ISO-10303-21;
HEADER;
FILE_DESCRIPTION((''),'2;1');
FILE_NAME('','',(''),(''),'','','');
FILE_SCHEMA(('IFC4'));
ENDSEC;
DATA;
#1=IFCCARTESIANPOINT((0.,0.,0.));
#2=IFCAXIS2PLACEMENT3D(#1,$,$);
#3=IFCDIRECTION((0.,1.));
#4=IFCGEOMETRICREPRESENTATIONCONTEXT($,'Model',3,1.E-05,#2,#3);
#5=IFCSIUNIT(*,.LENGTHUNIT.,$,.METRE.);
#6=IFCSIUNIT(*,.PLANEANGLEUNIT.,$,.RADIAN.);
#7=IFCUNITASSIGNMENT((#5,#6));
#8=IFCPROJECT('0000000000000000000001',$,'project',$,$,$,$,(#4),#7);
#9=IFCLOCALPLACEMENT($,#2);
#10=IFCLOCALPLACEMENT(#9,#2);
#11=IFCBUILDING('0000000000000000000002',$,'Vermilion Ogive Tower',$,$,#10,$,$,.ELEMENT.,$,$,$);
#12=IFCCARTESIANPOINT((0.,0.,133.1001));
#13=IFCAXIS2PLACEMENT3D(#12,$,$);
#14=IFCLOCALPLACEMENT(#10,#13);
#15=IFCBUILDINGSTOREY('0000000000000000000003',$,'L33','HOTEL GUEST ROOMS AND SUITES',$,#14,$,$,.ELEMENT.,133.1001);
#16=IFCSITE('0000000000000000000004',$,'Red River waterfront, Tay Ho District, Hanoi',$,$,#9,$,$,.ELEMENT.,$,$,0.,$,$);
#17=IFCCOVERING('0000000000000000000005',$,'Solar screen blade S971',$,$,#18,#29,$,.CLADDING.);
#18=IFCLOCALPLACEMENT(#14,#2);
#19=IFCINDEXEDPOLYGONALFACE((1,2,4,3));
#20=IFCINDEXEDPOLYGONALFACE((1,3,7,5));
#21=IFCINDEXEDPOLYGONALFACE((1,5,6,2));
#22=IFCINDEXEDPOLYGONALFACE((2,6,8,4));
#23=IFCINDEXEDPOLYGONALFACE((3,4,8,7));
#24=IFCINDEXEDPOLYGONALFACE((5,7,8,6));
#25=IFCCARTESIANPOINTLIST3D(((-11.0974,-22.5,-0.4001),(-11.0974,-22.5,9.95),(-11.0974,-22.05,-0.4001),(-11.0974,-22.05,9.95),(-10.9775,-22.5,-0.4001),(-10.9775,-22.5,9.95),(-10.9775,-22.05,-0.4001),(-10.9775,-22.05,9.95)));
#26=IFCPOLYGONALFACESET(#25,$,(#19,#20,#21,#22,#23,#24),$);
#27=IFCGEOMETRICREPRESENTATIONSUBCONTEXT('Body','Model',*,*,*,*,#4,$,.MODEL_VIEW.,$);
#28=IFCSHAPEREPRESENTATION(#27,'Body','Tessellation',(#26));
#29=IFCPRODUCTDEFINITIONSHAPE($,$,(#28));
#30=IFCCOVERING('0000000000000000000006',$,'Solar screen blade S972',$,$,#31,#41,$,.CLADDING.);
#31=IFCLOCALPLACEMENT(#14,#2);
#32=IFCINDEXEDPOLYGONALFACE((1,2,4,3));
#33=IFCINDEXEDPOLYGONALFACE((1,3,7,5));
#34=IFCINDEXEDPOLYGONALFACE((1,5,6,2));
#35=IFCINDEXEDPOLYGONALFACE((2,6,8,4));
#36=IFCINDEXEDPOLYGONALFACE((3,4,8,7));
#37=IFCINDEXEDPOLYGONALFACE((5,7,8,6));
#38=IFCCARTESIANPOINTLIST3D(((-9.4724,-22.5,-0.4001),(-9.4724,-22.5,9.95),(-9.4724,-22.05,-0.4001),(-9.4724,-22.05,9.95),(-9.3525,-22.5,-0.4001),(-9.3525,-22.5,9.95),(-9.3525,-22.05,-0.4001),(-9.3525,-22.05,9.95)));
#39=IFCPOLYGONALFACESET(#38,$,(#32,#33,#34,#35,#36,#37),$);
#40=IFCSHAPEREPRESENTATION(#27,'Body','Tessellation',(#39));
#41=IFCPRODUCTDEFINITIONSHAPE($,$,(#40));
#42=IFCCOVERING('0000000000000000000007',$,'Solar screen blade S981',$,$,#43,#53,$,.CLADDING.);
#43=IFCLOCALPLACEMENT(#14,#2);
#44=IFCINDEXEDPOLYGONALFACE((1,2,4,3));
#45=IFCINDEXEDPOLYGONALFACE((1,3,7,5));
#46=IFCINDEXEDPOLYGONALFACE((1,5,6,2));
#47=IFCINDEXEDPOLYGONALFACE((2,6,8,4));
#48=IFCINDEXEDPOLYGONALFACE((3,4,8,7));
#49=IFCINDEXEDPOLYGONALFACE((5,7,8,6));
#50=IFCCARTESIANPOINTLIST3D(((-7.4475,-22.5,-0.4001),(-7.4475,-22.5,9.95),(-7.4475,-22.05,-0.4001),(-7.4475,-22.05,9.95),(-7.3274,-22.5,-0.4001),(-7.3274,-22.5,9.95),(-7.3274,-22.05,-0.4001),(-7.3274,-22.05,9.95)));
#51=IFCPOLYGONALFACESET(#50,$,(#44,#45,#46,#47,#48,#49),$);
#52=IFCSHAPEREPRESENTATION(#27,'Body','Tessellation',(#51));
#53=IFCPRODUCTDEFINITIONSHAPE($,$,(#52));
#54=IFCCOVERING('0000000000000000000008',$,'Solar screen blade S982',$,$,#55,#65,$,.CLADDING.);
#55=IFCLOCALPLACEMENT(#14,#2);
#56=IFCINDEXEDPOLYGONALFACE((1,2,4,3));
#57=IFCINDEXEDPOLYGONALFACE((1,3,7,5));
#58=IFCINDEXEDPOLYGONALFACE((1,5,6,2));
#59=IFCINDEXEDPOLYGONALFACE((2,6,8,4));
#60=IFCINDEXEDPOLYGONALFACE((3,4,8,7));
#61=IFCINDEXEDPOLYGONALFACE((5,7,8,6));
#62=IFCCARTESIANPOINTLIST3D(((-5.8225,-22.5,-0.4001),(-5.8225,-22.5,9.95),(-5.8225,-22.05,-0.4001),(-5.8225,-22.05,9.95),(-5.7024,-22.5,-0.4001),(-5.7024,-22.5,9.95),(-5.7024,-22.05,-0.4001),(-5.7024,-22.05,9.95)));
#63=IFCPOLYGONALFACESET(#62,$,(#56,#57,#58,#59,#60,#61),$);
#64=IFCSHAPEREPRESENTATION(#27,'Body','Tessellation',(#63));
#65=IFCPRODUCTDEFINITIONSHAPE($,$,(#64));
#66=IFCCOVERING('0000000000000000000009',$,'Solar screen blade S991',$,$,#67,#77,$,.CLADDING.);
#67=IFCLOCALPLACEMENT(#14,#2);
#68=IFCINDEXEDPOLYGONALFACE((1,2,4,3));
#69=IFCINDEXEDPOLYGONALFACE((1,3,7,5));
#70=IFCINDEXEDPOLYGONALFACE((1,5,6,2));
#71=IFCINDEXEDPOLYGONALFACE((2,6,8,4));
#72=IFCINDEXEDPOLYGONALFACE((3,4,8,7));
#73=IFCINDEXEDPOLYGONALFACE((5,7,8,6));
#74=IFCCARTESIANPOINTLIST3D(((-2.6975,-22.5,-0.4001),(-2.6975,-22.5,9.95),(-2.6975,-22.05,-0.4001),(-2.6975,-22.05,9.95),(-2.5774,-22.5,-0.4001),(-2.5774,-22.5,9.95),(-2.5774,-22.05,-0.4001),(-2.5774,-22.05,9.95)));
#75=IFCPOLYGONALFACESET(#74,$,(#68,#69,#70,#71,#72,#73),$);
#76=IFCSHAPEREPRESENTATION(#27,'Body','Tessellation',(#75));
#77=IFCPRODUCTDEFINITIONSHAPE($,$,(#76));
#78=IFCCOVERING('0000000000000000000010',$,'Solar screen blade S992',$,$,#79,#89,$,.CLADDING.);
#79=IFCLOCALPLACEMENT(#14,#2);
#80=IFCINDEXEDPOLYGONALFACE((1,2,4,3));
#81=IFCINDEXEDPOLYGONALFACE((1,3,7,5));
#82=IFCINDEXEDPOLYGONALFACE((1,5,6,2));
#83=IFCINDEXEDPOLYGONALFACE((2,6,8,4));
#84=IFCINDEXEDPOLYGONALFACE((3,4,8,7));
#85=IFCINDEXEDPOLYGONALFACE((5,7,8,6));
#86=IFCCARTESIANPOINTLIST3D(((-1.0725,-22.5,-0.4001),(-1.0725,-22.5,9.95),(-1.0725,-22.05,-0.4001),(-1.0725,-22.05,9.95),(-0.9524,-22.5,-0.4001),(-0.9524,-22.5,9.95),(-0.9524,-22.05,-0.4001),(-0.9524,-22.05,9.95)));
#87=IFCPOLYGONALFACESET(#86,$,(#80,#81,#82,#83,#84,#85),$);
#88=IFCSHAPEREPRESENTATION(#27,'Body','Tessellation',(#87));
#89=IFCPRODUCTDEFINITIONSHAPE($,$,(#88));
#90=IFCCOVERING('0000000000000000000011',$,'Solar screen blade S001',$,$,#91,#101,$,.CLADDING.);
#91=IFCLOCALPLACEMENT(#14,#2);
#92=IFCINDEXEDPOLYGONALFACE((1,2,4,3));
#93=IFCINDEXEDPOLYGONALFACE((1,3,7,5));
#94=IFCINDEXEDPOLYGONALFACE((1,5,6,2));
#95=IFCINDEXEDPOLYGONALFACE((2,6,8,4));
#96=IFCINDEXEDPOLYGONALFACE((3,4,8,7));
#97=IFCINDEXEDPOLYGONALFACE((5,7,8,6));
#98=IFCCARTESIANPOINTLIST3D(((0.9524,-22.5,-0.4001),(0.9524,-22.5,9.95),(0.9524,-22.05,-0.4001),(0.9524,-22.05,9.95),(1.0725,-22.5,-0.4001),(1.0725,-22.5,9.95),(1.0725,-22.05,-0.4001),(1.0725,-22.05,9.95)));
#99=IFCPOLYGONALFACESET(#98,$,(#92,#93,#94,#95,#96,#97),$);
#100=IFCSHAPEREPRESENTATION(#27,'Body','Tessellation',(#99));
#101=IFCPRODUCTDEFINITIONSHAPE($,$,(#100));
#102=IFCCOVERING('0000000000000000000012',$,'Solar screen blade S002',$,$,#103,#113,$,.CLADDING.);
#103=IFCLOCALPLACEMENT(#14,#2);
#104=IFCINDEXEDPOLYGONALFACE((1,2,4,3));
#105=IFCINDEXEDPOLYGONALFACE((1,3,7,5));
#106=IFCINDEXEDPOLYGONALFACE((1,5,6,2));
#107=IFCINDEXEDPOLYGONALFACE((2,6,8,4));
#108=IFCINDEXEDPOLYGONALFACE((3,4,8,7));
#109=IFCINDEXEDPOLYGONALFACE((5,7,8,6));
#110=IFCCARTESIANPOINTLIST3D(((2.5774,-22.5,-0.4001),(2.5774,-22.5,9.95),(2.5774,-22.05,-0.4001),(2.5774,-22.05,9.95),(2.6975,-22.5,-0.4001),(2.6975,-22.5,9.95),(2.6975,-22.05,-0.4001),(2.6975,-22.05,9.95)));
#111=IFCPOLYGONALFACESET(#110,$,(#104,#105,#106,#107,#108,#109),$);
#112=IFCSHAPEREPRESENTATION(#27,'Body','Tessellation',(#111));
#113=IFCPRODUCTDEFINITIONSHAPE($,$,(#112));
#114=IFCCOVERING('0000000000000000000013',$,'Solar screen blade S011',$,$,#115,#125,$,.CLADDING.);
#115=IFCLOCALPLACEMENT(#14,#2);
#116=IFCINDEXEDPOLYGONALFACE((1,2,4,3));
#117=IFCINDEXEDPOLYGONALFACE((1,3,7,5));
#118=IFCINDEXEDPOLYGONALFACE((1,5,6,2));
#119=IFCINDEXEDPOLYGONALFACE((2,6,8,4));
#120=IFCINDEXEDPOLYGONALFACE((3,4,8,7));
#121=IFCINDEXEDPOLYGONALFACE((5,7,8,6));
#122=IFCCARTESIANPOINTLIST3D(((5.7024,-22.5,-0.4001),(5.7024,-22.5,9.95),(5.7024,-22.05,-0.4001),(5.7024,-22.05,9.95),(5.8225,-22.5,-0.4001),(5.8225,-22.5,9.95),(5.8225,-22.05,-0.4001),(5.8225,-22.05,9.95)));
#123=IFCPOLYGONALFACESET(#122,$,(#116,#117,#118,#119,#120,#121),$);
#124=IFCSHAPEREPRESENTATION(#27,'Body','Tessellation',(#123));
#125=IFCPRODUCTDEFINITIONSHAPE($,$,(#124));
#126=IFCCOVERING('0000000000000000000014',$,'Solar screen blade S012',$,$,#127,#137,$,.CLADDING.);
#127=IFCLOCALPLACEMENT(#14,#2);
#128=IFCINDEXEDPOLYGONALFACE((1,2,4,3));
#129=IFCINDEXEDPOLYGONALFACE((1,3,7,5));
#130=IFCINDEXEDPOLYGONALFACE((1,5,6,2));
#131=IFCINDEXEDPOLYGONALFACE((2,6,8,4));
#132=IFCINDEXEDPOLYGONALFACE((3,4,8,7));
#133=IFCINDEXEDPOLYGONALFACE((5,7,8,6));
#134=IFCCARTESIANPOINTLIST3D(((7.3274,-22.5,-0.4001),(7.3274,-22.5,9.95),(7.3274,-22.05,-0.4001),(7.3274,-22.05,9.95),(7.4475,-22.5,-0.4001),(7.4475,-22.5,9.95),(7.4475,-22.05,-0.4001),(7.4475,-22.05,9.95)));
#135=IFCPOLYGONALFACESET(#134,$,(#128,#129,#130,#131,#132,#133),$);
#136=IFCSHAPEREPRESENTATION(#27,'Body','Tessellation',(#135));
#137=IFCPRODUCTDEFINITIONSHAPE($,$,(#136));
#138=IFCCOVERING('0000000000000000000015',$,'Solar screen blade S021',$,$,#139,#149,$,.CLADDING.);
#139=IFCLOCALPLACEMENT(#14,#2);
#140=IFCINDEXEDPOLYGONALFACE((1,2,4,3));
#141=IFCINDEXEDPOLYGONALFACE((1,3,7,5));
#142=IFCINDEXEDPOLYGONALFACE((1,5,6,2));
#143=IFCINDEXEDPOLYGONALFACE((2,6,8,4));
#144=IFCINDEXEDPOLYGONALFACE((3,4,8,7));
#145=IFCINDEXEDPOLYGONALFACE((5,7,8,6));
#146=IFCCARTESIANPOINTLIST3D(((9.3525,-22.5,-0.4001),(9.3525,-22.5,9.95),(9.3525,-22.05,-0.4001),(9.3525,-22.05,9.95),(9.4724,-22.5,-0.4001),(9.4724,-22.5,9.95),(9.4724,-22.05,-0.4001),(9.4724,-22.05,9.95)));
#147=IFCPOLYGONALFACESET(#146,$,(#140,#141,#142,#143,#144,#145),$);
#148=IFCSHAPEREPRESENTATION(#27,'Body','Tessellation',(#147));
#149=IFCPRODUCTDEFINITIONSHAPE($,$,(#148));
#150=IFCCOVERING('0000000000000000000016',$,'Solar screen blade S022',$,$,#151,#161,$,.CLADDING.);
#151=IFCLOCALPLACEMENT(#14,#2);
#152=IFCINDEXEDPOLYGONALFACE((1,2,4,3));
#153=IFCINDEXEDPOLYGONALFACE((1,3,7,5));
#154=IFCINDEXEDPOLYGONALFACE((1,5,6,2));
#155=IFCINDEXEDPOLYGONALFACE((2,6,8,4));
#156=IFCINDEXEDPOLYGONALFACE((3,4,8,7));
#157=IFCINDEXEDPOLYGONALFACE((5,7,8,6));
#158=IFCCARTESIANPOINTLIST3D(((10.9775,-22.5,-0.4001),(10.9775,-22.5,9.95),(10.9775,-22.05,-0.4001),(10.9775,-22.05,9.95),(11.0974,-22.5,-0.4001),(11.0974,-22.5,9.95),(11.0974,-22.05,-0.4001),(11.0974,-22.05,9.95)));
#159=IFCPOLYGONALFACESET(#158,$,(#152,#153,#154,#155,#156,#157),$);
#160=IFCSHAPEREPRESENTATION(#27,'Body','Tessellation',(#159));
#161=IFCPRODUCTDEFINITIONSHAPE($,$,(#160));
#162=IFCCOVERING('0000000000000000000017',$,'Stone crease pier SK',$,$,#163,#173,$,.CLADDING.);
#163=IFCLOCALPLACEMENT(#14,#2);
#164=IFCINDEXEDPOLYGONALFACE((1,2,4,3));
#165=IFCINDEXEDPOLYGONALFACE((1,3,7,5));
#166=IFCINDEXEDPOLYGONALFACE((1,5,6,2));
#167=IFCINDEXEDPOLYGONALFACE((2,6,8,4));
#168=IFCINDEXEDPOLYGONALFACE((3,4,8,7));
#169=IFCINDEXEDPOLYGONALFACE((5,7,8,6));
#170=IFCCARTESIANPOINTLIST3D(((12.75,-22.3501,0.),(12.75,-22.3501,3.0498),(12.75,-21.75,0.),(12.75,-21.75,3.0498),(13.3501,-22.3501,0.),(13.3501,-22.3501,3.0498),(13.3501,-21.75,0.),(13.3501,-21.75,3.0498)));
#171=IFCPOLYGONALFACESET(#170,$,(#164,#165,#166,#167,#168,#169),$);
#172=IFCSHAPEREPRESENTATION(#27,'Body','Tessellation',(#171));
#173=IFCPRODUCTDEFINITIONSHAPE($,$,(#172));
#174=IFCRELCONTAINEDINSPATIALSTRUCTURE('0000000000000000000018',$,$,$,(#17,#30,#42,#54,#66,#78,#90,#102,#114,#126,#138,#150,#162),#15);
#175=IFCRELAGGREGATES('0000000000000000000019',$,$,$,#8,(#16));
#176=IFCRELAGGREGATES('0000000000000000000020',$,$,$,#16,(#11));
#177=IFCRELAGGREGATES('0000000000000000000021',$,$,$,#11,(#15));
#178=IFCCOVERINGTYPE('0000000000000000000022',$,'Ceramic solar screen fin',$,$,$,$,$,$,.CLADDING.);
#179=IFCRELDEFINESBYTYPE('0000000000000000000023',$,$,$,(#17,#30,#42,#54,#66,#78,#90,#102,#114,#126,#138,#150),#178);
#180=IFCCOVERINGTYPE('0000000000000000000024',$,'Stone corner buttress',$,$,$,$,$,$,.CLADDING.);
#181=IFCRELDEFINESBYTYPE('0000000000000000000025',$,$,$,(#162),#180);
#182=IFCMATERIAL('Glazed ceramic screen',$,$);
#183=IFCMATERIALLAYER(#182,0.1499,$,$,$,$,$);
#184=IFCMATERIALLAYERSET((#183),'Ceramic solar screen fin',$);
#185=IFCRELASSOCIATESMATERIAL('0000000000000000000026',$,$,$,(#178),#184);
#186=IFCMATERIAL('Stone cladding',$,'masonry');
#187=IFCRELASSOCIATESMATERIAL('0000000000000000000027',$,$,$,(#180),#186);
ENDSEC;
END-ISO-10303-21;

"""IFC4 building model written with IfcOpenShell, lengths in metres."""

from ifc_helpers import new_model, si_unit, direction, frame, origin, place, context, subcontext, project, spatial, polyline, outline, extrude, material, layer, layer_set, type_object, element, save


model = new_model("IFC4")

# Units and contexts
model_context = context("Model", 3, precision=1e-05, world=origin(), true_north=direction((0.0, 1.0)))
body_context = subcontext(model_context, "Body", "Model", "MODEL_VIEW")
ifc_project = project(units=[si_unit("LENGTHUNIT", "METRE"), si_unit("PLANEANGLEUNIT", "RADIAN")], contexts=[model_context])

# Site, building, storey
site_placement = place(None, origin())
site = spatial("IfcSite", under=ifc_project, at=site_placement, Name="Red River waterfront, Tay Ho District, Hanoi", CompositionType="ELEMENT", RefElevation=0.0)
building_placement = place(site_placement, origin())
building = spatial("IfcBuilding", under=site, at=building_placement, Name="Vermilion Ogive Tower", CompositionType="ELEMENT")
storey_placement = place(building_placement, frame((0.0, 0.0, 133.1001)))
storey = spatial("IfcBuildingStorey", under=building, at=storey_placement, Name="L33", Description="HOTEL GUEST ROOMS AND SUITES", CompositionType="ELEMENT", Elevation=133.1001)

# Coverings
ifc_material_1 = material(Name="Glazed ceramic screen")
ifc_layer = layer(ifc_material_1, 0.1499)
ifc_layer_set = layer_set([ifc_layer], Name="Ceramic solar screen fin")
covering_type_1 = type_object("IfcCoveringType", Name="Ceramic solar screen fin", PredefinedType="CLADDING", material=ifc_layer_set)
covering_1_placement = place(storey_placement, frame((0.0, 0.0, -0.4001)))
element("IfcCovering", 1, at=covering_1_placement, inside=storey, type_object=covering_type_1, Name="Solar screen blade S971", PredefinedType="CLADDING", context=body_context, shape_type="SweptSolid", body=[
    extrude(outline(polyline([(-11.0974, -22.5), (-10.9775, -22.5), (-10.9775, -22.05), (-11.0974, -22.05), (-11.0974, -22.5)])), origin(), (0.0, 0.0, 1.0), 10.3501),
])
covering_2_placement = place(storey_placement, frame((0.0, 0.0, -0.4001)))
element("IfcCovering", 2, at=covering_2_placement, inside=storey, type_object=covering_type_1, Name="Solar screen blade S972", PredefinedType="CLADDING", context=body_context, shape_type="SweptSolid", body=[
    extrude(outline(polyline([(-9.4724, -22.5), (-9.3525, -22.5), (-9.3525, -22.05), (-9.4724, -22.05), (-9.4724, -22.5)])), origin(), (0.0, 0.0, 1.0), 10.3501),
])
covering_3_placement = place(storey_placement, frame((0.0, 0.0, -0.4001)))
element("IfcCovering", 3, at=covering_3_placement, inside=storey, type_object=covering_type_1, Name="Solar screen blade S981", PredefinedType="CLADDING", context=body_context, shape_type="SweptSolid", body=[
    extrude(outline(polyline([(-7.4475, -22.5), (-7.3274, -22.5), (-7.3274, -22.05), (-7.4475, -22.05), (-7.4475, -22.5)])), origin(), (0.0, 0.0, 1.0), 10.3501),
])
covering_4_placement = place(storey_placement, frame((0.0, 0.0, -0.4001)))
element("IfcCovering", 4, at=covering_4_placement, inside=storey, type_object=covering_type_1, Name="Solar screen blade S982", PredefinedType="CLADDING", context=body_context, shape_type="SweptSolid", body=[
    extrude(outline(polyline([(-5.8225, -22.5), (-5.7024, -22.5), (-5.7024, -22.05), (-5.8225, -22.05), (-5.8225, -22.5)])), origin(), (0.0, 0.0, 1.0), 10.3501),
])
covering_5_placement = place(storey_placement, frame((0.0, 0.0, -0.4001)))
element("IfcCovering", 5, at=covering_5_placement, inside=storey, type_object=covering_type_1, Name="Solar screen blade S991", PredefinedType="CLADDING", context=body_context, shape_type="SweptSolid", body=[
    extrude(outline(polyline([(-2.6975, -22.5), (-2.5774, -22.5), (-2.5774, -22.05), (-2.6975, -22.05), (-2.6975, -22.5)])), origin(), (0.0, 0.0, 1.0), 10.3501),
])
covering_6_placement = place(storey_placement, frame((0.0, 0.0, -0.4001)))
element("IfcCovering", 6, at=covering_6_placement, inside=storey, type_object=covering_type_1, Name="Solar screen blade S992", PredefinedType="CLADDING", context=body_context, shape_type="SweptSolid", body=[
    extrude(outline(polyline([(-1.0725, -22.5), (-0.9524, -22.5), (-0.9524, -22.05), (-1.0725, -22.05), (-1.0725, -22.5)])), origin(), (0.0, 0.0, 1.0), 10.3501),
])
covering_7_placement = place(storey_placement, frame((0.0, 0.0, -0.4001)))
element("IfcCovering", 7, at=covering_7_placement, inside=storey, type_object=covering_type_1, Name="Solar screen blade S001", PredefinedType="CLADDING", context=body_context, shape_type="SweptSolid", body=[
    extrude(outline(polyline([(0.9524, -22.5), (1.0725, -22.5), (1.0725, -22.05), (0.9524, -22.05), (0.9524, -22.5)])), origin(), (0.0, 0.0, 1.0), 10.3501),
])
covering_8_placement = place(storey_placement, frame((0.0, 0.0, -0.4001)))
element("IfcCovering", 8, at=covering_8_placement, inside=storey, type_object=covering_type_1, Name="Solar screen blade S002", PredefinedType="CLADDING", context=body_context, shape_type="SweptSolid", body=[
    extrude(outline(polyline([(2.5774, -22.5), (2.6975, -22.5), (2.6975, -22.05), (2.5774, -22.05), (2.5774, -22.5)])), origin(), (0.0, 0.0, 1.0), 10.3501),
])
covering_9_placement = place(storey_placement, frame((0.0, 0.0, -0.4001)))
element("IfcCovering", 9, at=covering_9_placement, inside=storey, type_object=covering_type_1, Name="Solar screen blade S011", PredefinedType="CLADDING", context=body_context, shape_type="SweptSolid", body=[
    extrude(outline(polyline([(5.7024, -22.5), (5.8225, -22.5), (5.8225, -22.05), (5.7024, -22.05), (5.7024, -22.5)])), origin(), (0.0, 0.0, 1.0), 10.3501),
])
covering_10_placement = place(storey_placement, frame((0.0, 0.0, -0.4001)))
element("IfcCovering", 10, at=covering_10_placement, inside=storey, type_object=covering_type_1, Name="Solar screen blade S012", PredefinedType="CLADDING", context=body_context, shape_type="SweptSolid", body=[
    extrude(outline(polyline([(7.3274, -22.5), (7.4475, -22.5), (7.4475, -22.05), (7.3274, -22.05), (7.3274, -22.5)])), origin(), (0.0, 0.0, 1.0), 10.3501),
])
covering_11_placement = place(storey_placement, frame((0.0, 0.0, -0.4001)))
element("IfcCovering", 11, at=covering_11_placement, inside=storey, type_object=covering_type_1, Name="Solar screen blade S021", PredefinedType="CLADDING", context=body_context, shape_type="SweptSolid", body=[
    extrude(outline(polyline([(9.3525, -22.5), (9.4724, -22.5), (9.4724, -22.05), (9.3525, -22.05), (9.3525, -22.5)])), origin(), (0.0, 0.0, 1.0), 10.3501),
])
covering_12_placement = place(storey_placement, frame((0.0, 0.0, -0.4001)))
element("IfcCovering", 12, at=covering_12_placement, inside=storey, type_object=covering_type_1, Name="Solar screen blade S022", PredefinedType="CLADDING", context=body_context, shape_type="SweptSolid", body=[
    extrude(outline(polyline([(10.9775, -22.5), (11.0974, -22.5), (11.0974, -22.05), (10.9775, -22.05), (10.9775, -22.5)])), origin(), (0.0, 0.0, 1.0), 10.3501),
])
ifc_material_2 = material(Name="Stone cladding", Category="masonry")
covering_type_2 = type_object("IfcCoveringType", Name="Stone corner buttress", PredefinedType="CLADDING", material=ifc_material_2)
covering_13_placement = place(storey_placement, origin())
element("IfcCovering", 13, at=covering_13_placement, inside=storey, type_object=covering_type_2, Name="Stone crease pier SK", PredefinedType="CLADDING", context=body_context, shape_type="SweptSolid", body=[
    extrude(outline(polyline([(12.75, -22.3501), (13.3501, -22.3501), (13.3501, -21.75), (12.75, -21.75), (12.75, -22.3501)])), origin(), (0.0, 0.0, 1.0), 3.0498),
])

save(model, "model.ifc")
